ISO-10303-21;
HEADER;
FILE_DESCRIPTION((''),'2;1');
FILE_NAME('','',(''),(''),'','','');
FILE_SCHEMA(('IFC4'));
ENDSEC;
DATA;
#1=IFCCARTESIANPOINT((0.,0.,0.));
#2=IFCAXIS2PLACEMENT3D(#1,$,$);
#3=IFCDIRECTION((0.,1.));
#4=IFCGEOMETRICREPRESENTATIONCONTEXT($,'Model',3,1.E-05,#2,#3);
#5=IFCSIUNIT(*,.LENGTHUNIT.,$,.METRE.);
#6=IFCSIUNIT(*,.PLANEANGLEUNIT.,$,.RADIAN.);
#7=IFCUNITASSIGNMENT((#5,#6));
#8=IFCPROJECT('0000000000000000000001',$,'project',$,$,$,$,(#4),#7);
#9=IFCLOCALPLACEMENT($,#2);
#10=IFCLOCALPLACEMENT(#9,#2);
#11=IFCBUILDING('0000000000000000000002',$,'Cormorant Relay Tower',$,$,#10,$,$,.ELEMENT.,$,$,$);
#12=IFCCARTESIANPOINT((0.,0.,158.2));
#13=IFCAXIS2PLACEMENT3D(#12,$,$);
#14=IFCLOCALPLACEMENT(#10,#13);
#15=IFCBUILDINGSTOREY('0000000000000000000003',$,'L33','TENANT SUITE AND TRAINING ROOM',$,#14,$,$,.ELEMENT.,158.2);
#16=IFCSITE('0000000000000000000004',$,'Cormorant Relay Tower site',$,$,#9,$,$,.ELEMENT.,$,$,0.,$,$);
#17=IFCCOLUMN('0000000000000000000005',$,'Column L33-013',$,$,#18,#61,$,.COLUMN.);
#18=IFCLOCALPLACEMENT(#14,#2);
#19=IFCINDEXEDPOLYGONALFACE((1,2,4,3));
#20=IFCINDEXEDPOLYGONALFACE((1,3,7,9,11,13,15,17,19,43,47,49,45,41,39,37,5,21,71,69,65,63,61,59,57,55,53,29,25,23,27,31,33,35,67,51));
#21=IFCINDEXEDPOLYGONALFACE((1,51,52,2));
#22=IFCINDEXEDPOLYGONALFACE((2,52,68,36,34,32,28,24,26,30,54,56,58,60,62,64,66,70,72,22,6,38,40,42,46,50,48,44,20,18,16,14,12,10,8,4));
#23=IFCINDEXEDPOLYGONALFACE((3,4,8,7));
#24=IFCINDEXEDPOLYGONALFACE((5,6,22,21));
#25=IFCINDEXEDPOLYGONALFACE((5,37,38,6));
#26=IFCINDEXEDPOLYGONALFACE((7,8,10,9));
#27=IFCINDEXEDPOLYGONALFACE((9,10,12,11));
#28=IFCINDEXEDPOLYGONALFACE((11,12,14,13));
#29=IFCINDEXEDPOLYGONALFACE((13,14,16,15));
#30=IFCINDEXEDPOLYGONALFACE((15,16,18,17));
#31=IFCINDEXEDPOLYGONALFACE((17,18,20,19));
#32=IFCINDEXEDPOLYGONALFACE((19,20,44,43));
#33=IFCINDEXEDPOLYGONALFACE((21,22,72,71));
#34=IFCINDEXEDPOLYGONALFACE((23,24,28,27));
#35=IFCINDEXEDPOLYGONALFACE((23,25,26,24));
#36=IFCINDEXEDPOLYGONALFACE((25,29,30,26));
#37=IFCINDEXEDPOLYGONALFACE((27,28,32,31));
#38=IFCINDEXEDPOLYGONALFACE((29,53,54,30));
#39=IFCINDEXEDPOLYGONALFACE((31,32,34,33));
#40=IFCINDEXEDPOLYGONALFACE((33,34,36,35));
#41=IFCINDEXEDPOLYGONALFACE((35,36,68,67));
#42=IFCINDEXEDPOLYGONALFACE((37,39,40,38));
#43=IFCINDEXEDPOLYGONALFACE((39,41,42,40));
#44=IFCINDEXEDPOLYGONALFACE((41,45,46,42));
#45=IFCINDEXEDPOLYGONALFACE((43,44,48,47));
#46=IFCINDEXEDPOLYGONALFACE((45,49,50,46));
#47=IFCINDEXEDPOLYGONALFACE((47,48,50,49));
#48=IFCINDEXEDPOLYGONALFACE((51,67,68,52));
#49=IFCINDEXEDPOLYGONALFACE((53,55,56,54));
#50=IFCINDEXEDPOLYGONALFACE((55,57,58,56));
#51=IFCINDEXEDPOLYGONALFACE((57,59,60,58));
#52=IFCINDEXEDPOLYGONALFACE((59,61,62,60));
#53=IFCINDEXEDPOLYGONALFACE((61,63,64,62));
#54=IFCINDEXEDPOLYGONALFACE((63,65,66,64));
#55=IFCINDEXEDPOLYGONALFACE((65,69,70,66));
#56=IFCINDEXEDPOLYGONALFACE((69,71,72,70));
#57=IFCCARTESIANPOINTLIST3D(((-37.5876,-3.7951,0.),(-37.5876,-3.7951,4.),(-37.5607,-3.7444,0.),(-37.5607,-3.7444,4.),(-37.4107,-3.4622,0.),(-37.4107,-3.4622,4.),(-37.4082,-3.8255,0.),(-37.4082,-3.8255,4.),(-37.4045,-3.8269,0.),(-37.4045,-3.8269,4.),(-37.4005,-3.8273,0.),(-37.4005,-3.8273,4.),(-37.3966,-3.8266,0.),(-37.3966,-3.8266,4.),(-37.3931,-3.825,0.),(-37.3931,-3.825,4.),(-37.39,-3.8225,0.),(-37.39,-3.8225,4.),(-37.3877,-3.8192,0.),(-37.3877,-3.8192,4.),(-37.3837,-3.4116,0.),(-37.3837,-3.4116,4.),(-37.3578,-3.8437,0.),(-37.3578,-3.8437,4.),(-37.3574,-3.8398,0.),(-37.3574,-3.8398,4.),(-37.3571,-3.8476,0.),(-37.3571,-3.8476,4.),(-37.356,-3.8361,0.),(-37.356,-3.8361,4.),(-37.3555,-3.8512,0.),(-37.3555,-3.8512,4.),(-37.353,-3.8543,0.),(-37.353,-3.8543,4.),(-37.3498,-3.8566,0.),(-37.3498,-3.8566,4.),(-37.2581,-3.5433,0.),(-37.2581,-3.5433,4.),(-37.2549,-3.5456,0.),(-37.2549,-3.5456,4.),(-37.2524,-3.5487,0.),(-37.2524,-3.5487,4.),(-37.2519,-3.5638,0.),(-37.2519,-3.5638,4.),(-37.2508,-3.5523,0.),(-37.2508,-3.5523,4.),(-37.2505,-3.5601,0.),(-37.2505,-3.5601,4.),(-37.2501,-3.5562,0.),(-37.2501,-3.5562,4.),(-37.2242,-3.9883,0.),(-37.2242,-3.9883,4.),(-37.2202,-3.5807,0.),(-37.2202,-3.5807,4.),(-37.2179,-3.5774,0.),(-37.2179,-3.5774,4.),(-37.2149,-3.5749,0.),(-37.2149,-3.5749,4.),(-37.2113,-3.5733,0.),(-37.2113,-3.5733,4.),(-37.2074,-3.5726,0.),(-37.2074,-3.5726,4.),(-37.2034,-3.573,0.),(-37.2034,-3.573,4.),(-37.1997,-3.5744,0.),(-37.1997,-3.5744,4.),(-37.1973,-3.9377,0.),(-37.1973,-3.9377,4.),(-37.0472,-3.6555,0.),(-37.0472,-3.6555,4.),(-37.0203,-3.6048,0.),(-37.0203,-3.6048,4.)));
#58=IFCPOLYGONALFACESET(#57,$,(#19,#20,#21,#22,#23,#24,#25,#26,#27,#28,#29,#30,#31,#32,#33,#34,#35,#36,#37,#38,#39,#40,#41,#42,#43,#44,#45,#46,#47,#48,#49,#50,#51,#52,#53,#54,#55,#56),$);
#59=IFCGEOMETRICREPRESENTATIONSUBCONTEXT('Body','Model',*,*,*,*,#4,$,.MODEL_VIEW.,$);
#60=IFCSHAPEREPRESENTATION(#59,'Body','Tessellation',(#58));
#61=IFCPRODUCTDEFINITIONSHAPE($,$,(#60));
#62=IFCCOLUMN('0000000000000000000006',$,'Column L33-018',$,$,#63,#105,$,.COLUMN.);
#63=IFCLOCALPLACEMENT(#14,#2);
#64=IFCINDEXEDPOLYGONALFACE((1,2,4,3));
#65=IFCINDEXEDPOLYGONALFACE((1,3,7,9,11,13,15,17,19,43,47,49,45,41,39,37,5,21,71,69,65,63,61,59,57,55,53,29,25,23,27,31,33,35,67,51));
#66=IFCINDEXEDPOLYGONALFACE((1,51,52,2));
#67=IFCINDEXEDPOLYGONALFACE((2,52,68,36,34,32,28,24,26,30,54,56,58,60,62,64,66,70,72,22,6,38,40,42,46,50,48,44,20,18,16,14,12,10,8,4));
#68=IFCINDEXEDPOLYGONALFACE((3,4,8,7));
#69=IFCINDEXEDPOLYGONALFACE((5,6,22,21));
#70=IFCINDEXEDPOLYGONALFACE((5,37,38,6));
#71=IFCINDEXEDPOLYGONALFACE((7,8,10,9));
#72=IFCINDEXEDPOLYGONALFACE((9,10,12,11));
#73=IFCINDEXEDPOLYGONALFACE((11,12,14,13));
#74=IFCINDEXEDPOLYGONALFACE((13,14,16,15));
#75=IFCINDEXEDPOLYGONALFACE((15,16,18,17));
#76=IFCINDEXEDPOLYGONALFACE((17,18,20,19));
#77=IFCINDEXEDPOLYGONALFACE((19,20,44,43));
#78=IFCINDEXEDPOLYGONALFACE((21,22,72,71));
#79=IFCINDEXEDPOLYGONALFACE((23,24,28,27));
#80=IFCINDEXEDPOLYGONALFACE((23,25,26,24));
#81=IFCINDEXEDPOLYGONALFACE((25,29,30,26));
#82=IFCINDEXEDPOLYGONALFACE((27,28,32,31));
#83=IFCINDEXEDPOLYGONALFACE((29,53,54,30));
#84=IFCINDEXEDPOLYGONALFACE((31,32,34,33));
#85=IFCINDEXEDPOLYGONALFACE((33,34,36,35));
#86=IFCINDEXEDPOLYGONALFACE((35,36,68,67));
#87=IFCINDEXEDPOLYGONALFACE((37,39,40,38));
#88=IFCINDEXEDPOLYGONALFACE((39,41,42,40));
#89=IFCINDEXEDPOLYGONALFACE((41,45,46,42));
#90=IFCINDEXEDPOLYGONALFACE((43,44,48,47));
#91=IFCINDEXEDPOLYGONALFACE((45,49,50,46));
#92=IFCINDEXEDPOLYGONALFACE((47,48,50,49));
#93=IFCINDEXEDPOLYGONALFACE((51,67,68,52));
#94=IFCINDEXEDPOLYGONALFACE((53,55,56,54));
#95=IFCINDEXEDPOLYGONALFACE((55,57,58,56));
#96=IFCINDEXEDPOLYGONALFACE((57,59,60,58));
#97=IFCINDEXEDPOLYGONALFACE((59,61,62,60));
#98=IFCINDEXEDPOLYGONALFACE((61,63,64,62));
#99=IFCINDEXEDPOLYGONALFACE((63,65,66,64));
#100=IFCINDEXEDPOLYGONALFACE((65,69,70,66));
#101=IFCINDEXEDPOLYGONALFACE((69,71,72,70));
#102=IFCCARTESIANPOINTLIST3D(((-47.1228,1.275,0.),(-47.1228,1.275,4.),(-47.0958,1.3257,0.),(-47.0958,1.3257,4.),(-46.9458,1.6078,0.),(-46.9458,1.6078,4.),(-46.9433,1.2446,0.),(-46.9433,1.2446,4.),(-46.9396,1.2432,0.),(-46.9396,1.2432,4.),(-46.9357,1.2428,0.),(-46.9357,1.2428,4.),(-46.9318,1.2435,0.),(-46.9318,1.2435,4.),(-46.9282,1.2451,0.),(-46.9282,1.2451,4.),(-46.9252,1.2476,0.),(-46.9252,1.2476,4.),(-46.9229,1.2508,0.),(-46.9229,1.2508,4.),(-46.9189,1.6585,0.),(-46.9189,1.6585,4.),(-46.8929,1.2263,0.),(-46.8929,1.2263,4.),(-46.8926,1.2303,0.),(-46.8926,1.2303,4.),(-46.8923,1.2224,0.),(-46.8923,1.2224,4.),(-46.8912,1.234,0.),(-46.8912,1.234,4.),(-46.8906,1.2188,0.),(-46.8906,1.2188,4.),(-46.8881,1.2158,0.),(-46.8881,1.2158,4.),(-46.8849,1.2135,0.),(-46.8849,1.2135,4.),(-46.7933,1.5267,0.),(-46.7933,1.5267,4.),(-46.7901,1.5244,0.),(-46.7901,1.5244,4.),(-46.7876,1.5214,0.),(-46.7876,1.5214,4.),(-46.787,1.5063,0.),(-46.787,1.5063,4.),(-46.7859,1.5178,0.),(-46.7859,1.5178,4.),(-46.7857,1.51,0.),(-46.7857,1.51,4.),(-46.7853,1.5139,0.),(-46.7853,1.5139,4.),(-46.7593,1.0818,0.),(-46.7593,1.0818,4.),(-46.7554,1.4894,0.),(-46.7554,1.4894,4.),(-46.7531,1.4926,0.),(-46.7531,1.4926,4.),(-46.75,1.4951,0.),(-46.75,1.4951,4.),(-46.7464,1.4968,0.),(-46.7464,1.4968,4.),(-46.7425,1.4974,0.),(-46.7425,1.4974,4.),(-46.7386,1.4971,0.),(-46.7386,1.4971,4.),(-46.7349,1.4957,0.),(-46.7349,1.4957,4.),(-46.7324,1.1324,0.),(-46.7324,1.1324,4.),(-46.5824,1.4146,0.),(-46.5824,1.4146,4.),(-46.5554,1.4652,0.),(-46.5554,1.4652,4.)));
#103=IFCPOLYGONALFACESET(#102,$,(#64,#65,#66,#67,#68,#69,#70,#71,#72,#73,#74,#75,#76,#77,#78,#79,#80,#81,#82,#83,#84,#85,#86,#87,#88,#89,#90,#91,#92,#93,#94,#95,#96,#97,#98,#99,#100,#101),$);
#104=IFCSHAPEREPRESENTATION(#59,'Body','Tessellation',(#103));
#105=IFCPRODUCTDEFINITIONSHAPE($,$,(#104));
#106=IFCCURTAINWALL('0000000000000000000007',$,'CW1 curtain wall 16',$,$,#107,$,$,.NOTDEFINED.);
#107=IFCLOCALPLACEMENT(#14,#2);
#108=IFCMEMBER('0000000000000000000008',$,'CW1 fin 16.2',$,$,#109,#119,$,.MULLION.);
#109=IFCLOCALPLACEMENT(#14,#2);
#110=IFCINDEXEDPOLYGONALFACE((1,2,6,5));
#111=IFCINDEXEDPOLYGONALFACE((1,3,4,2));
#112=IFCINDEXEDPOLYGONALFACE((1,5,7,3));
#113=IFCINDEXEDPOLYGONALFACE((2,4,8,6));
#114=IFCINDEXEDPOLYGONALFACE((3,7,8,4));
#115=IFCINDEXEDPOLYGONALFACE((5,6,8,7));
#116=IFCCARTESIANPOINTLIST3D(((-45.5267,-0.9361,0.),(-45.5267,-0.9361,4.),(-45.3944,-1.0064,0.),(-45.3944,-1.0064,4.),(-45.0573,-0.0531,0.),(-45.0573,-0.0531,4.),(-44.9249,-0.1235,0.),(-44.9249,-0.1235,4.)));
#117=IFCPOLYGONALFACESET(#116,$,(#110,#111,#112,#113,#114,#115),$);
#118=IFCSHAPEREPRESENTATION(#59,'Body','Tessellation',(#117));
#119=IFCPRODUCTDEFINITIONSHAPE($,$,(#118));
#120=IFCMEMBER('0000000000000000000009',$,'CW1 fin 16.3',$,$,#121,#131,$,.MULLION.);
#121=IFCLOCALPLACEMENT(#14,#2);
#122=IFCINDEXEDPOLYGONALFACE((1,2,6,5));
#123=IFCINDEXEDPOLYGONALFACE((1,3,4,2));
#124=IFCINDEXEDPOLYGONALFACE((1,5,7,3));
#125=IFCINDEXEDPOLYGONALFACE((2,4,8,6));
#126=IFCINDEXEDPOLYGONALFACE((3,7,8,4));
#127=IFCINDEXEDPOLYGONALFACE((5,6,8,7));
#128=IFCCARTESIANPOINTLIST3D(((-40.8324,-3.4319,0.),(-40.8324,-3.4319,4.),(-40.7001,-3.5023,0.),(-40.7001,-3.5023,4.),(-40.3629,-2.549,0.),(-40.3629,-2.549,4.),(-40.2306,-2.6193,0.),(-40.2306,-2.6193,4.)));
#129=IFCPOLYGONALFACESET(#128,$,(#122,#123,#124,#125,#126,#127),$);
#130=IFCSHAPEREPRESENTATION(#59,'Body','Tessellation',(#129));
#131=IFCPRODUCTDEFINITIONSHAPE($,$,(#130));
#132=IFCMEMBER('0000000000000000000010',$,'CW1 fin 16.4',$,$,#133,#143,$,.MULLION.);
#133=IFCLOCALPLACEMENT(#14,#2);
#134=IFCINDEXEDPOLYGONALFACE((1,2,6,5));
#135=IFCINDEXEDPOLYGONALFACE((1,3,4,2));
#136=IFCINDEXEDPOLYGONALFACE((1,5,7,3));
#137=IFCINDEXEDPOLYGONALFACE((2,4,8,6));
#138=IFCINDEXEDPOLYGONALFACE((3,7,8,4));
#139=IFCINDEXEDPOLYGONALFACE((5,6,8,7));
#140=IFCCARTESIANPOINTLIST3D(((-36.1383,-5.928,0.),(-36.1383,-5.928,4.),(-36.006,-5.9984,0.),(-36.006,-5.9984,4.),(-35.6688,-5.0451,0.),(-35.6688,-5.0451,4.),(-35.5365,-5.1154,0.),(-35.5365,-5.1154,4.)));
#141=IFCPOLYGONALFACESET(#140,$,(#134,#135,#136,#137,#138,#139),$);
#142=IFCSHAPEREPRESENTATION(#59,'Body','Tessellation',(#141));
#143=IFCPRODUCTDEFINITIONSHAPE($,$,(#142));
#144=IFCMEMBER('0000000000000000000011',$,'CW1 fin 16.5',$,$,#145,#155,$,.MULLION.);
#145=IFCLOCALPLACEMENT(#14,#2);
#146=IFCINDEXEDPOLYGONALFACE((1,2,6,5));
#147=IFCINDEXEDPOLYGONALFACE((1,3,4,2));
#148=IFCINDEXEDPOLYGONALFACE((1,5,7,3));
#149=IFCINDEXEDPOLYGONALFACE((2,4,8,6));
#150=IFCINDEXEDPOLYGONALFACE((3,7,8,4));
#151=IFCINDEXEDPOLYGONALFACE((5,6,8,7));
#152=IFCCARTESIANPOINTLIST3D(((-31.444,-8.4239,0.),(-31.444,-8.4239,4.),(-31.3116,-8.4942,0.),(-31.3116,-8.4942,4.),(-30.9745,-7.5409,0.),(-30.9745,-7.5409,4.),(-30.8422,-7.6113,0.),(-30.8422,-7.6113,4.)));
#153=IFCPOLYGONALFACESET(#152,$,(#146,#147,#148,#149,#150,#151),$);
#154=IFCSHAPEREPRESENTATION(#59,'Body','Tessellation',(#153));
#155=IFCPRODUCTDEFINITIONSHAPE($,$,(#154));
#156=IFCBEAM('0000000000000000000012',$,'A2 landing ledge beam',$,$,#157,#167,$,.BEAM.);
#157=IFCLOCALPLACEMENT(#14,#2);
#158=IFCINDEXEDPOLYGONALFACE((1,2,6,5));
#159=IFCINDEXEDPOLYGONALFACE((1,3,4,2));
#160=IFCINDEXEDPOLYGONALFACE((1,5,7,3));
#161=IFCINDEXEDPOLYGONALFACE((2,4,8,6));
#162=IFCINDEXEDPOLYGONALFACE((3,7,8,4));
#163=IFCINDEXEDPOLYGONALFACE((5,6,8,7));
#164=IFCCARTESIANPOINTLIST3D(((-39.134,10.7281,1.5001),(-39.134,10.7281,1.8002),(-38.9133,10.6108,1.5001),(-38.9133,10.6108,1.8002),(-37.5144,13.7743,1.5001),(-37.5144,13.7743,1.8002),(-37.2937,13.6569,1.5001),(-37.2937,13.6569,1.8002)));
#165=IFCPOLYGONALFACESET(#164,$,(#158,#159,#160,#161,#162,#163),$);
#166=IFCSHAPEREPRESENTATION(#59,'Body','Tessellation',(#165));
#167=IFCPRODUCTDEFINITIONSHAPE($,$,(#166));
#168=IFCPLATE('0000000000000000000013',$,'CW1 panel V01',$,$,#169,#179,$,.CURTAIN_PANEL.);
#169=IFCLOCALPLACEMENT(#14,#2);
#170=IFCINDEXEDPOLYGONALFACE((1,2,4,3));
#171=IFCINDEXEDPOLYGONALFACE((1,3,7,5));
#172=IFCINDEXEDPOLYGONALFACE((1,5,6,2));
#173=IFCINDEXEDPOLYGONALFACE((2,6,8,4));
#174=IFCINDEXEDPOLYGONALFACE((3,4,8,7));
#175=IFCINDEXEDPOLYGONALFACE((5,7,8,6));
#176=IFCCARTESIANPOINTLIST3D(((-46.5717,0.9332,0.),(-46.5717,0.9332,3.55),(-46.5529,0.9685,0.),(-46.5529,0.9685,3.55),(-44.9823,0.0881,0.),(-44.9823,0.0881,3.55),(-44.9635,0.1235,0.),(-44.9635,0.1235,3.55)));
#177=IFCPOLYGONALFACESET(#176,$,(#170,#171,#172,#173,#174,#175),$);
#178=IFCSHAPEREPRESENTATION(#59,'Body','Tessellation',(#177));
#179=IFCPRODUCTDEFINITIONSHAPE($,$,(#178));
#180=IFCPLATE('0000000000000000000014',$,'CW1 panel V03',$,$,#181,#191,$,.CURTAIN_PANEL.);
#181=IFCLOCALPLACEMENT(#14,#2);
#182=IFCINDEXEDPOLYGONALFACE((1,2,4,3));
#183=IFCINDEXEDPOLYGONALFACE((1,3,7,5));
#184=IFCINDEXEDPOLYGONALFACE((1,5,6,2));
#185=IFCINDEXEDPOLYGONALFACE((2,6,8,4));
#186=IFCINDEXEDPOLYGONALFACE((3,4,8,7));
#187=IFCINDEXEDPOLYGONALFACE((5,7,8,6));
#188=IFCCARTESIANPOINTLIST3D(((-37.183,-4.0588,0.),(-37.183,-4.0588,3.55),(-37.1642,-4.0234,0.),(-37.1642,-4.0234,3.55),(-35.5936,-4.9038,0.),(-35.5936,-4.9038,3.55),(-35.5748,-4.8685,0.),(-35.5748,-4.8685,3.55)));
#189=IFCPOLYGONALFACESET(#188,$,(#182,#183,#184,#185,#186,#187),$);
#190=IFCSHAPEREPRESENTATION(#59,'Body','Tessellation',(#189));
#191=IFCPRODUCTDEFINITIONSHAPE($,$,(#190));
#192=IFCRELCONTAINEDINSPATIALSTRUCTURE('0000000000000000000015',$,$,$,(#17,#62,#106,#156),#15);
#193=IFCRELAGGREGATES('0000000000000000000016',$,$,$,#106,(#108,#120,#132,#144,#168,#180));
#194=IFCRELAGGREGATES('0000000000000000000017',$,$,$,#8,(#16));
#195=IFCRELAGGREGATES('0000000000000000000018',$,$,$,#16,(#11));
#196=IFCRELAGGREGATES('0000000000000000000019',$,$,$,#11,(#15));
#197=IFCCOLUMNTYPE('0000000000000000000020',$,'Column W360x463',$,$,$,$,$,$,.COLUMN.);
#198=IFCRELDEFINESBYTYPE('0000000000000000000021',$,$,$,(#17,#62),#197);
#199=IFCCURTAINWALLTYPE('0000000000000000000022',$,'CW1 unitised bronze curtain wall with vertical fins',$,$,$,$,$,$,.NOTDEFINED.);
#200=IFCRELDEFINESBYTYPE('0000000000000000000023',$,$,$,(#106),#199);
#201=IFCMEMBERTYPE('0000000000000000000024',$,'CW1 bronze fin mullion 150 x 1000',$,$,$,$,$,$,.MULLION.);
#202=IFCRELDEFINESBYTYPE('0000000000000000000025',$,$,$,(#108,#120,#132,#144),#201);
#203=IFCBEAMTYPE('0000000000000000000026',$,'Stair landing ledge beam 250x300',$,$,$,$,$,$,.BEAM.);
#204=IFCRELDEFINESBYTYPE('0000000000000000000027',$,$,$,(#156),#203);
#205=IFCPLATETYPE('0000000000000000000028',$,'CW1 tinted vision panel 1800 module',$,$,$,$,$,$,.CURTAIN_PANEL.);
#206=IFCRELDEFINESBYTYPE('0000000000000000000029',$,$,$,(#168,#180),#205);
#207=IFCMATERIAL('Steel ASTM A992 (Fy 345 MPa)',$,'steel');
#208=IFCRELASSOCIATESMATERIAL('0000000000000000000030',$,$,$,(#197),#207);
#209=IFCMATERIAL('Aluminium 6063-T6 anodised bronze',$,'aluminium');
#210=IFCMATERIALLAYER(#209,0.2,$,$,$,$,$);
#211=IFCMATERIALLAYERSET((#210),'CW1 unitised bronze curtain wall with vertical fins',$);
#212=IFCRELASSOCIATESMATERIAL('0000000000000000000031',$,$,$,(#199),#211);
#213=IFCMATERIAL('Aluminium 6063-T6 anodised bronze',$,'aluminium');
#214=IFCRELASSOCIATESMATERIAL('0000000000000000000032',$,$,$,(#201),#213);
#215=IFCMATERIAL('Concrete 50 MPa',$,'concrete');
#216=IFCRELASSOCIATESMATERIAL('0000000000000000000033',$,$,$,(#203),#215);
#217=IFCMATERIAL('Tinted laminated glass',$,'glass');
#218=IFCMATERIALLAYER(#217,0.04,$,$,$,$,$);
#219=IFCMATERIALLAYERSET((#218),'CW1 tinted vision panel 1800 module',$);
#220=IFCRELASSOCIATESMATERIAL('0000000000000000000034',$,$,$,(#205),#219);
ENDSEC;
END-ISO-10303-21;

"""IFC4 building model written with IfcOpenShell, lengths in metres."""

from ifc_helpers import new_model, si_unit, direction, frame, origin, origin_2d, place, context, subcontext, project, spatial, rectangle, i_section, extrude, material, layer, layer_set, material_profile, profile_set, type_object, element, aggregate, save


model = new_model("IFC4")

# Units and contexts
model_context = context("Model", 3, precision=1e-05, world=origin(), true_north=direction((0.0, 1.0)))
body_context = subcontext(model_context, "Body", "Model", "MODEL_VIEW")
ifc_project = project(units=[si_unit("LENGTHUNIT", "METRE"), si_unit("PLANEANGLEUNIT", "RADIAN")], contexts=[model_context])

# Site, building, storey
site_placement = place(None, origin())
site = spatial("IfcSite", under=ifc_project, at=site_placement, Name="Cormorant Relay Tower site", CompositionType="ELEMENT", RefElevation=0.0)
building_placement = place(site_placement, origin())
building = spatial("IfcBuilding", under=site, at=building_placement, Name="Cormorant Relay Tower", CompositionType="ELEMENT")
storey_placement = place(building_placement, frame((0.0, 0.0, 158.2)))
storey = spatial("IfcBuildingStorey", under=building, at=storey_placement, Name="L33", Description="TENANT SUITE AND TRAINING ROOM", CompositionType="ELEMENT", Elevation=158.2)

# Columns
ifc_material_1 = material(Name="Steel ASTM A992 (Fy 345 MPa)", Category="steel")
ifc_material_profile_1 = material_profile(ifc_material_1, i_section(OverallWidth=0.4116, OverallDepth=0.4343, WebThickness=0.0359, FlangeThickness=0.0574, FilletRadius=0.0151, at=origin_2d()), Name="W360x463")
ifc_profile_set_1 = profile_set([ifc_material_profile_1], Name="Steel ASTM A992 (Fy 345 MPa)")
column_type = type_object("IfcColumnType", Name="Column W360x463", PredefinedType="COLUMN", material=ifc_profile_set_1)
for number, where, z_axis, x_axis, name in (
    (1, (-37.304, -3.7, 0.0), (0.0, 0.0, 1.0), (0.882948, -0.469472, 0.0), "Column L33-013"),
    (2, (-46.8391, 1.3701, 0.0), (0.0, 0.0, 1.0), (0.882948, -0.469472, 0.0), "Column L33-018"),
):
    element("IfcColumn", number, at=place(storey_placement, frame(where, z_axis=z_axis, x_axis=x_axis)), inside=storey, type_object=column_type, Name=name, PredefinedType="COLUMN", context=body_context, shape_type="SweptSolid", body=[
        extrude(i_section(OverallWidth=0.4116, OverallDepth=0.4343, WebThickness=0.0359, FlangeThickness=0.0574, FilletRadius=0.0151, at=origin_2d()), origin(), (0.0, 0.0, 1.0), 4.0),
    ])

# Curtain wall, members
ifc_material_2 = material(Name="Aluminium 6063-T6 anodised bronze", Category="aluminium")
ifc_layer_1 = layer(ifc_material_2, 0.2)
ifc_layer_set_1 = layer_set([ifc_layer_1], Name="CW1 unitised bronze curtain wall with vertical fins")
curtain_wall_type = type_object("IfcCurtainWallType", Name="CW1 unitised bronze curtain wall with vertical fins", PredefinedType="NOTDEFINED", material=ifc_layer_set_1)
curtain_wall_placement = place(storey_placement, origin())
curtain_wall = element("IfcCurtainWall", 3, at=curtain_wall_placement, inside=storey, type_object=curtain_wall_type, Name="CW1 curtain wall 16", PredefinedType="NOTDEFINED")
ifc_material_3 = material(Name="Aluminium 6063-T6 anodised bronze", Category="aluminium")
ifc_material_profile_2 = material_profile(ifc_material_3, rectangle(XDim=0.1499, YDim=1.0, at=origin_2d()), Name="AL 150x1000")
ifc_profile_set_2 = profile_set([ifc_material_profile_2], Name="Aluminium 6063-T6 anodised bronze")
member_type = type_object("IfcMemberType", Name="CW1 bronze fin mullion 150 x 1000", PredefinedType="MULLION", material=ifc_profile_set_2)
member_1_placement = place(storey_placement, frame((-45.2258, -0.5298, 0.0), z_axis=(0.0, 0.0, 1.0), x_axis=(0.882948, -0.469472, 0.0)))
member_1 = element("IfcMember", 4, at=member_1_placement, type_object=member_type, Name="CW1 fin 16.2", PredefinedType="MULLION", context=body_context, shape_type="SweptSolid", body=[
    extrude(rectangle(XDim=0.1499, YDim=1.0, at=origin_2d()), origin(), (0.0, 0.0, 1.0), 4.0),
])
member_2_placement = place(storey_placement, frame((-40.5315, -3.0256, 0.0), z_axis=(0.0, 0.0, 1.0), x_axis=(0.882948, -0.469472, 0.0)))
member_2 = element("IfcMember", 5, at=member_2_placement, type_object=member_type, Name="CW1 fin 16.3", PredefinedType="MULLION", context=body_context, shape_type="SweptSolid", body=[
    extrude(rectangle(XDim=0.1499, YDim=1.0, at=origin_2d()), origin(), (0.0, 0.0, 1.0), 4.0),
])
member_3_placement = place(storey_placement, frame((-35.8374, -5.5217, 0.0), z_axis=(0.0, 0.0, 1.0), x_axis=(0.882948, -0.469472, 0.0)))
member_3 = element("IfcMember", 6, at=member_3_placement, type_object=member_type, Name="CW1 fin 16.4", PredefinedType="MULLION", context=body_context, shape_type="SweptSolid", body=[
    extrude(rectangle(XDim=0.1499, YDim=1.0, at=origin_2d()), origin(), (0.0, 0.0, 1.0), 4.0),
])
member_4_placement = place(storey_placement, frame((-31.1431, -8.0176, 0.0), z_axis=(0.0, 0.0, 1.0), x_axis=(0.882948, -0.469472, 0.0)))
member_4 = element("IfcMember", 7, at=member_4_placement, type_object=member_type, Name="CW1 fin 16.5", PredefinedType="MULLION", context=body_context, shape_type="SweptSolid", body=[
    extrude(rectangle(XDim=0.1499, YDim=1.0, at=origin_2d()), origin(), (0.0, 0.0, 1.0), 4.0),
])

# Beam
ifc_material_4 = material(Name="Concrete 50 MPa", Category="concrete")
ifc_material_profile_3 = material_profile(ifc_material_4, rectangle(XDim=0.25, YDim=0.3, at=origin_2d()), Name="RC 250x300")
ifc_profile_set_3 = profile_set([ifc_material_profile_3], Name="Concrete 50 MPa")
beam_type = type_object("IfcBeamType", Name="Stair landing ledge beam 250x300", PredefinedType="BEAM", material=ifc_profile_set_3)
beam_placement = place(storey_placement, frame((-37.4041, 13.7156, 1.6501), z_axis=(-0.469464, -0.882952, 0.0), x_axis=(0.882952, -0.469464, 0.0)))
element("IfcBeam", 8, at=beam_placement, inside=storey, type_object=beam_type, Name="A2 landing ledge beam", PredefinedType="BEAM", context=body_context, shape_type="SweptSolid", body=[
    extrude(rectangle(XDim=0.25, YDim=0.3, at=origin_2d()), origin(), (0.0, 0.0, 1.0), 3.45),
])

# Plates
ifc_material_5 = material(Name="Tinted laminated glass", Category="glass")
ifc_layer_2 = layer(ifc_material_5, 0.04)
ifc_layer_set_2 = layer_set([ifc_layer_2], Name="CW1 tinted vision panel 1800 module")
plate_type_1 = type_object("IfcPlateType", Name="CW1 tinted vision panel 1800 module", PredefinedType="CURTAIN_PANEL", material=ifc_layer_set_2)
plate_1_placement = place(storey_placement, frame((-45.7676, 0.5283, 0.0), z_axis=(0.0, 0.0, 1.0), x_axis=(0.882948, -0.469472, 0.0)))
plate_1 = element("IfcPlate", 9, at=plate_1_placement, type_object=plate_type_1, Name="CW1 panel V01", PredefinedType="CURTAIN_PANEL", context=body_context, shape_type="SweptSolid", body=[
    extrude(rectangle(XDim=1.8, YDim=0.04, at=origin_2d()), origin(), (0.0, 0.0, 1.0), 3.55),
])
plate_2_placement = place(storey_placement, frame((-36.3789, -4.4636, 0.0), z_axis=(0.0, 0.0, 1.0), x_axis=(0.882948, -0.469472, 0.0)))
plate_2 = element("IfcPlate", 10, at=plate_2_placement, type_object=plate_type_1, Name="CW1 panel V03", PredefinedType="CURTAIN_PANEL", context=body_context, shape_type="SweptSolid", body=[
    extrude(rectangle(XDim=1.8, YDim=0.04, at=origin_2d()), origin(), (0.0, 0.0, 1.0), 3.55),
])

aggregate(curtain_wall, [member_1, member_2, member_3, member_4, plate_1, plate_2])

save(model, "model.ifc")
